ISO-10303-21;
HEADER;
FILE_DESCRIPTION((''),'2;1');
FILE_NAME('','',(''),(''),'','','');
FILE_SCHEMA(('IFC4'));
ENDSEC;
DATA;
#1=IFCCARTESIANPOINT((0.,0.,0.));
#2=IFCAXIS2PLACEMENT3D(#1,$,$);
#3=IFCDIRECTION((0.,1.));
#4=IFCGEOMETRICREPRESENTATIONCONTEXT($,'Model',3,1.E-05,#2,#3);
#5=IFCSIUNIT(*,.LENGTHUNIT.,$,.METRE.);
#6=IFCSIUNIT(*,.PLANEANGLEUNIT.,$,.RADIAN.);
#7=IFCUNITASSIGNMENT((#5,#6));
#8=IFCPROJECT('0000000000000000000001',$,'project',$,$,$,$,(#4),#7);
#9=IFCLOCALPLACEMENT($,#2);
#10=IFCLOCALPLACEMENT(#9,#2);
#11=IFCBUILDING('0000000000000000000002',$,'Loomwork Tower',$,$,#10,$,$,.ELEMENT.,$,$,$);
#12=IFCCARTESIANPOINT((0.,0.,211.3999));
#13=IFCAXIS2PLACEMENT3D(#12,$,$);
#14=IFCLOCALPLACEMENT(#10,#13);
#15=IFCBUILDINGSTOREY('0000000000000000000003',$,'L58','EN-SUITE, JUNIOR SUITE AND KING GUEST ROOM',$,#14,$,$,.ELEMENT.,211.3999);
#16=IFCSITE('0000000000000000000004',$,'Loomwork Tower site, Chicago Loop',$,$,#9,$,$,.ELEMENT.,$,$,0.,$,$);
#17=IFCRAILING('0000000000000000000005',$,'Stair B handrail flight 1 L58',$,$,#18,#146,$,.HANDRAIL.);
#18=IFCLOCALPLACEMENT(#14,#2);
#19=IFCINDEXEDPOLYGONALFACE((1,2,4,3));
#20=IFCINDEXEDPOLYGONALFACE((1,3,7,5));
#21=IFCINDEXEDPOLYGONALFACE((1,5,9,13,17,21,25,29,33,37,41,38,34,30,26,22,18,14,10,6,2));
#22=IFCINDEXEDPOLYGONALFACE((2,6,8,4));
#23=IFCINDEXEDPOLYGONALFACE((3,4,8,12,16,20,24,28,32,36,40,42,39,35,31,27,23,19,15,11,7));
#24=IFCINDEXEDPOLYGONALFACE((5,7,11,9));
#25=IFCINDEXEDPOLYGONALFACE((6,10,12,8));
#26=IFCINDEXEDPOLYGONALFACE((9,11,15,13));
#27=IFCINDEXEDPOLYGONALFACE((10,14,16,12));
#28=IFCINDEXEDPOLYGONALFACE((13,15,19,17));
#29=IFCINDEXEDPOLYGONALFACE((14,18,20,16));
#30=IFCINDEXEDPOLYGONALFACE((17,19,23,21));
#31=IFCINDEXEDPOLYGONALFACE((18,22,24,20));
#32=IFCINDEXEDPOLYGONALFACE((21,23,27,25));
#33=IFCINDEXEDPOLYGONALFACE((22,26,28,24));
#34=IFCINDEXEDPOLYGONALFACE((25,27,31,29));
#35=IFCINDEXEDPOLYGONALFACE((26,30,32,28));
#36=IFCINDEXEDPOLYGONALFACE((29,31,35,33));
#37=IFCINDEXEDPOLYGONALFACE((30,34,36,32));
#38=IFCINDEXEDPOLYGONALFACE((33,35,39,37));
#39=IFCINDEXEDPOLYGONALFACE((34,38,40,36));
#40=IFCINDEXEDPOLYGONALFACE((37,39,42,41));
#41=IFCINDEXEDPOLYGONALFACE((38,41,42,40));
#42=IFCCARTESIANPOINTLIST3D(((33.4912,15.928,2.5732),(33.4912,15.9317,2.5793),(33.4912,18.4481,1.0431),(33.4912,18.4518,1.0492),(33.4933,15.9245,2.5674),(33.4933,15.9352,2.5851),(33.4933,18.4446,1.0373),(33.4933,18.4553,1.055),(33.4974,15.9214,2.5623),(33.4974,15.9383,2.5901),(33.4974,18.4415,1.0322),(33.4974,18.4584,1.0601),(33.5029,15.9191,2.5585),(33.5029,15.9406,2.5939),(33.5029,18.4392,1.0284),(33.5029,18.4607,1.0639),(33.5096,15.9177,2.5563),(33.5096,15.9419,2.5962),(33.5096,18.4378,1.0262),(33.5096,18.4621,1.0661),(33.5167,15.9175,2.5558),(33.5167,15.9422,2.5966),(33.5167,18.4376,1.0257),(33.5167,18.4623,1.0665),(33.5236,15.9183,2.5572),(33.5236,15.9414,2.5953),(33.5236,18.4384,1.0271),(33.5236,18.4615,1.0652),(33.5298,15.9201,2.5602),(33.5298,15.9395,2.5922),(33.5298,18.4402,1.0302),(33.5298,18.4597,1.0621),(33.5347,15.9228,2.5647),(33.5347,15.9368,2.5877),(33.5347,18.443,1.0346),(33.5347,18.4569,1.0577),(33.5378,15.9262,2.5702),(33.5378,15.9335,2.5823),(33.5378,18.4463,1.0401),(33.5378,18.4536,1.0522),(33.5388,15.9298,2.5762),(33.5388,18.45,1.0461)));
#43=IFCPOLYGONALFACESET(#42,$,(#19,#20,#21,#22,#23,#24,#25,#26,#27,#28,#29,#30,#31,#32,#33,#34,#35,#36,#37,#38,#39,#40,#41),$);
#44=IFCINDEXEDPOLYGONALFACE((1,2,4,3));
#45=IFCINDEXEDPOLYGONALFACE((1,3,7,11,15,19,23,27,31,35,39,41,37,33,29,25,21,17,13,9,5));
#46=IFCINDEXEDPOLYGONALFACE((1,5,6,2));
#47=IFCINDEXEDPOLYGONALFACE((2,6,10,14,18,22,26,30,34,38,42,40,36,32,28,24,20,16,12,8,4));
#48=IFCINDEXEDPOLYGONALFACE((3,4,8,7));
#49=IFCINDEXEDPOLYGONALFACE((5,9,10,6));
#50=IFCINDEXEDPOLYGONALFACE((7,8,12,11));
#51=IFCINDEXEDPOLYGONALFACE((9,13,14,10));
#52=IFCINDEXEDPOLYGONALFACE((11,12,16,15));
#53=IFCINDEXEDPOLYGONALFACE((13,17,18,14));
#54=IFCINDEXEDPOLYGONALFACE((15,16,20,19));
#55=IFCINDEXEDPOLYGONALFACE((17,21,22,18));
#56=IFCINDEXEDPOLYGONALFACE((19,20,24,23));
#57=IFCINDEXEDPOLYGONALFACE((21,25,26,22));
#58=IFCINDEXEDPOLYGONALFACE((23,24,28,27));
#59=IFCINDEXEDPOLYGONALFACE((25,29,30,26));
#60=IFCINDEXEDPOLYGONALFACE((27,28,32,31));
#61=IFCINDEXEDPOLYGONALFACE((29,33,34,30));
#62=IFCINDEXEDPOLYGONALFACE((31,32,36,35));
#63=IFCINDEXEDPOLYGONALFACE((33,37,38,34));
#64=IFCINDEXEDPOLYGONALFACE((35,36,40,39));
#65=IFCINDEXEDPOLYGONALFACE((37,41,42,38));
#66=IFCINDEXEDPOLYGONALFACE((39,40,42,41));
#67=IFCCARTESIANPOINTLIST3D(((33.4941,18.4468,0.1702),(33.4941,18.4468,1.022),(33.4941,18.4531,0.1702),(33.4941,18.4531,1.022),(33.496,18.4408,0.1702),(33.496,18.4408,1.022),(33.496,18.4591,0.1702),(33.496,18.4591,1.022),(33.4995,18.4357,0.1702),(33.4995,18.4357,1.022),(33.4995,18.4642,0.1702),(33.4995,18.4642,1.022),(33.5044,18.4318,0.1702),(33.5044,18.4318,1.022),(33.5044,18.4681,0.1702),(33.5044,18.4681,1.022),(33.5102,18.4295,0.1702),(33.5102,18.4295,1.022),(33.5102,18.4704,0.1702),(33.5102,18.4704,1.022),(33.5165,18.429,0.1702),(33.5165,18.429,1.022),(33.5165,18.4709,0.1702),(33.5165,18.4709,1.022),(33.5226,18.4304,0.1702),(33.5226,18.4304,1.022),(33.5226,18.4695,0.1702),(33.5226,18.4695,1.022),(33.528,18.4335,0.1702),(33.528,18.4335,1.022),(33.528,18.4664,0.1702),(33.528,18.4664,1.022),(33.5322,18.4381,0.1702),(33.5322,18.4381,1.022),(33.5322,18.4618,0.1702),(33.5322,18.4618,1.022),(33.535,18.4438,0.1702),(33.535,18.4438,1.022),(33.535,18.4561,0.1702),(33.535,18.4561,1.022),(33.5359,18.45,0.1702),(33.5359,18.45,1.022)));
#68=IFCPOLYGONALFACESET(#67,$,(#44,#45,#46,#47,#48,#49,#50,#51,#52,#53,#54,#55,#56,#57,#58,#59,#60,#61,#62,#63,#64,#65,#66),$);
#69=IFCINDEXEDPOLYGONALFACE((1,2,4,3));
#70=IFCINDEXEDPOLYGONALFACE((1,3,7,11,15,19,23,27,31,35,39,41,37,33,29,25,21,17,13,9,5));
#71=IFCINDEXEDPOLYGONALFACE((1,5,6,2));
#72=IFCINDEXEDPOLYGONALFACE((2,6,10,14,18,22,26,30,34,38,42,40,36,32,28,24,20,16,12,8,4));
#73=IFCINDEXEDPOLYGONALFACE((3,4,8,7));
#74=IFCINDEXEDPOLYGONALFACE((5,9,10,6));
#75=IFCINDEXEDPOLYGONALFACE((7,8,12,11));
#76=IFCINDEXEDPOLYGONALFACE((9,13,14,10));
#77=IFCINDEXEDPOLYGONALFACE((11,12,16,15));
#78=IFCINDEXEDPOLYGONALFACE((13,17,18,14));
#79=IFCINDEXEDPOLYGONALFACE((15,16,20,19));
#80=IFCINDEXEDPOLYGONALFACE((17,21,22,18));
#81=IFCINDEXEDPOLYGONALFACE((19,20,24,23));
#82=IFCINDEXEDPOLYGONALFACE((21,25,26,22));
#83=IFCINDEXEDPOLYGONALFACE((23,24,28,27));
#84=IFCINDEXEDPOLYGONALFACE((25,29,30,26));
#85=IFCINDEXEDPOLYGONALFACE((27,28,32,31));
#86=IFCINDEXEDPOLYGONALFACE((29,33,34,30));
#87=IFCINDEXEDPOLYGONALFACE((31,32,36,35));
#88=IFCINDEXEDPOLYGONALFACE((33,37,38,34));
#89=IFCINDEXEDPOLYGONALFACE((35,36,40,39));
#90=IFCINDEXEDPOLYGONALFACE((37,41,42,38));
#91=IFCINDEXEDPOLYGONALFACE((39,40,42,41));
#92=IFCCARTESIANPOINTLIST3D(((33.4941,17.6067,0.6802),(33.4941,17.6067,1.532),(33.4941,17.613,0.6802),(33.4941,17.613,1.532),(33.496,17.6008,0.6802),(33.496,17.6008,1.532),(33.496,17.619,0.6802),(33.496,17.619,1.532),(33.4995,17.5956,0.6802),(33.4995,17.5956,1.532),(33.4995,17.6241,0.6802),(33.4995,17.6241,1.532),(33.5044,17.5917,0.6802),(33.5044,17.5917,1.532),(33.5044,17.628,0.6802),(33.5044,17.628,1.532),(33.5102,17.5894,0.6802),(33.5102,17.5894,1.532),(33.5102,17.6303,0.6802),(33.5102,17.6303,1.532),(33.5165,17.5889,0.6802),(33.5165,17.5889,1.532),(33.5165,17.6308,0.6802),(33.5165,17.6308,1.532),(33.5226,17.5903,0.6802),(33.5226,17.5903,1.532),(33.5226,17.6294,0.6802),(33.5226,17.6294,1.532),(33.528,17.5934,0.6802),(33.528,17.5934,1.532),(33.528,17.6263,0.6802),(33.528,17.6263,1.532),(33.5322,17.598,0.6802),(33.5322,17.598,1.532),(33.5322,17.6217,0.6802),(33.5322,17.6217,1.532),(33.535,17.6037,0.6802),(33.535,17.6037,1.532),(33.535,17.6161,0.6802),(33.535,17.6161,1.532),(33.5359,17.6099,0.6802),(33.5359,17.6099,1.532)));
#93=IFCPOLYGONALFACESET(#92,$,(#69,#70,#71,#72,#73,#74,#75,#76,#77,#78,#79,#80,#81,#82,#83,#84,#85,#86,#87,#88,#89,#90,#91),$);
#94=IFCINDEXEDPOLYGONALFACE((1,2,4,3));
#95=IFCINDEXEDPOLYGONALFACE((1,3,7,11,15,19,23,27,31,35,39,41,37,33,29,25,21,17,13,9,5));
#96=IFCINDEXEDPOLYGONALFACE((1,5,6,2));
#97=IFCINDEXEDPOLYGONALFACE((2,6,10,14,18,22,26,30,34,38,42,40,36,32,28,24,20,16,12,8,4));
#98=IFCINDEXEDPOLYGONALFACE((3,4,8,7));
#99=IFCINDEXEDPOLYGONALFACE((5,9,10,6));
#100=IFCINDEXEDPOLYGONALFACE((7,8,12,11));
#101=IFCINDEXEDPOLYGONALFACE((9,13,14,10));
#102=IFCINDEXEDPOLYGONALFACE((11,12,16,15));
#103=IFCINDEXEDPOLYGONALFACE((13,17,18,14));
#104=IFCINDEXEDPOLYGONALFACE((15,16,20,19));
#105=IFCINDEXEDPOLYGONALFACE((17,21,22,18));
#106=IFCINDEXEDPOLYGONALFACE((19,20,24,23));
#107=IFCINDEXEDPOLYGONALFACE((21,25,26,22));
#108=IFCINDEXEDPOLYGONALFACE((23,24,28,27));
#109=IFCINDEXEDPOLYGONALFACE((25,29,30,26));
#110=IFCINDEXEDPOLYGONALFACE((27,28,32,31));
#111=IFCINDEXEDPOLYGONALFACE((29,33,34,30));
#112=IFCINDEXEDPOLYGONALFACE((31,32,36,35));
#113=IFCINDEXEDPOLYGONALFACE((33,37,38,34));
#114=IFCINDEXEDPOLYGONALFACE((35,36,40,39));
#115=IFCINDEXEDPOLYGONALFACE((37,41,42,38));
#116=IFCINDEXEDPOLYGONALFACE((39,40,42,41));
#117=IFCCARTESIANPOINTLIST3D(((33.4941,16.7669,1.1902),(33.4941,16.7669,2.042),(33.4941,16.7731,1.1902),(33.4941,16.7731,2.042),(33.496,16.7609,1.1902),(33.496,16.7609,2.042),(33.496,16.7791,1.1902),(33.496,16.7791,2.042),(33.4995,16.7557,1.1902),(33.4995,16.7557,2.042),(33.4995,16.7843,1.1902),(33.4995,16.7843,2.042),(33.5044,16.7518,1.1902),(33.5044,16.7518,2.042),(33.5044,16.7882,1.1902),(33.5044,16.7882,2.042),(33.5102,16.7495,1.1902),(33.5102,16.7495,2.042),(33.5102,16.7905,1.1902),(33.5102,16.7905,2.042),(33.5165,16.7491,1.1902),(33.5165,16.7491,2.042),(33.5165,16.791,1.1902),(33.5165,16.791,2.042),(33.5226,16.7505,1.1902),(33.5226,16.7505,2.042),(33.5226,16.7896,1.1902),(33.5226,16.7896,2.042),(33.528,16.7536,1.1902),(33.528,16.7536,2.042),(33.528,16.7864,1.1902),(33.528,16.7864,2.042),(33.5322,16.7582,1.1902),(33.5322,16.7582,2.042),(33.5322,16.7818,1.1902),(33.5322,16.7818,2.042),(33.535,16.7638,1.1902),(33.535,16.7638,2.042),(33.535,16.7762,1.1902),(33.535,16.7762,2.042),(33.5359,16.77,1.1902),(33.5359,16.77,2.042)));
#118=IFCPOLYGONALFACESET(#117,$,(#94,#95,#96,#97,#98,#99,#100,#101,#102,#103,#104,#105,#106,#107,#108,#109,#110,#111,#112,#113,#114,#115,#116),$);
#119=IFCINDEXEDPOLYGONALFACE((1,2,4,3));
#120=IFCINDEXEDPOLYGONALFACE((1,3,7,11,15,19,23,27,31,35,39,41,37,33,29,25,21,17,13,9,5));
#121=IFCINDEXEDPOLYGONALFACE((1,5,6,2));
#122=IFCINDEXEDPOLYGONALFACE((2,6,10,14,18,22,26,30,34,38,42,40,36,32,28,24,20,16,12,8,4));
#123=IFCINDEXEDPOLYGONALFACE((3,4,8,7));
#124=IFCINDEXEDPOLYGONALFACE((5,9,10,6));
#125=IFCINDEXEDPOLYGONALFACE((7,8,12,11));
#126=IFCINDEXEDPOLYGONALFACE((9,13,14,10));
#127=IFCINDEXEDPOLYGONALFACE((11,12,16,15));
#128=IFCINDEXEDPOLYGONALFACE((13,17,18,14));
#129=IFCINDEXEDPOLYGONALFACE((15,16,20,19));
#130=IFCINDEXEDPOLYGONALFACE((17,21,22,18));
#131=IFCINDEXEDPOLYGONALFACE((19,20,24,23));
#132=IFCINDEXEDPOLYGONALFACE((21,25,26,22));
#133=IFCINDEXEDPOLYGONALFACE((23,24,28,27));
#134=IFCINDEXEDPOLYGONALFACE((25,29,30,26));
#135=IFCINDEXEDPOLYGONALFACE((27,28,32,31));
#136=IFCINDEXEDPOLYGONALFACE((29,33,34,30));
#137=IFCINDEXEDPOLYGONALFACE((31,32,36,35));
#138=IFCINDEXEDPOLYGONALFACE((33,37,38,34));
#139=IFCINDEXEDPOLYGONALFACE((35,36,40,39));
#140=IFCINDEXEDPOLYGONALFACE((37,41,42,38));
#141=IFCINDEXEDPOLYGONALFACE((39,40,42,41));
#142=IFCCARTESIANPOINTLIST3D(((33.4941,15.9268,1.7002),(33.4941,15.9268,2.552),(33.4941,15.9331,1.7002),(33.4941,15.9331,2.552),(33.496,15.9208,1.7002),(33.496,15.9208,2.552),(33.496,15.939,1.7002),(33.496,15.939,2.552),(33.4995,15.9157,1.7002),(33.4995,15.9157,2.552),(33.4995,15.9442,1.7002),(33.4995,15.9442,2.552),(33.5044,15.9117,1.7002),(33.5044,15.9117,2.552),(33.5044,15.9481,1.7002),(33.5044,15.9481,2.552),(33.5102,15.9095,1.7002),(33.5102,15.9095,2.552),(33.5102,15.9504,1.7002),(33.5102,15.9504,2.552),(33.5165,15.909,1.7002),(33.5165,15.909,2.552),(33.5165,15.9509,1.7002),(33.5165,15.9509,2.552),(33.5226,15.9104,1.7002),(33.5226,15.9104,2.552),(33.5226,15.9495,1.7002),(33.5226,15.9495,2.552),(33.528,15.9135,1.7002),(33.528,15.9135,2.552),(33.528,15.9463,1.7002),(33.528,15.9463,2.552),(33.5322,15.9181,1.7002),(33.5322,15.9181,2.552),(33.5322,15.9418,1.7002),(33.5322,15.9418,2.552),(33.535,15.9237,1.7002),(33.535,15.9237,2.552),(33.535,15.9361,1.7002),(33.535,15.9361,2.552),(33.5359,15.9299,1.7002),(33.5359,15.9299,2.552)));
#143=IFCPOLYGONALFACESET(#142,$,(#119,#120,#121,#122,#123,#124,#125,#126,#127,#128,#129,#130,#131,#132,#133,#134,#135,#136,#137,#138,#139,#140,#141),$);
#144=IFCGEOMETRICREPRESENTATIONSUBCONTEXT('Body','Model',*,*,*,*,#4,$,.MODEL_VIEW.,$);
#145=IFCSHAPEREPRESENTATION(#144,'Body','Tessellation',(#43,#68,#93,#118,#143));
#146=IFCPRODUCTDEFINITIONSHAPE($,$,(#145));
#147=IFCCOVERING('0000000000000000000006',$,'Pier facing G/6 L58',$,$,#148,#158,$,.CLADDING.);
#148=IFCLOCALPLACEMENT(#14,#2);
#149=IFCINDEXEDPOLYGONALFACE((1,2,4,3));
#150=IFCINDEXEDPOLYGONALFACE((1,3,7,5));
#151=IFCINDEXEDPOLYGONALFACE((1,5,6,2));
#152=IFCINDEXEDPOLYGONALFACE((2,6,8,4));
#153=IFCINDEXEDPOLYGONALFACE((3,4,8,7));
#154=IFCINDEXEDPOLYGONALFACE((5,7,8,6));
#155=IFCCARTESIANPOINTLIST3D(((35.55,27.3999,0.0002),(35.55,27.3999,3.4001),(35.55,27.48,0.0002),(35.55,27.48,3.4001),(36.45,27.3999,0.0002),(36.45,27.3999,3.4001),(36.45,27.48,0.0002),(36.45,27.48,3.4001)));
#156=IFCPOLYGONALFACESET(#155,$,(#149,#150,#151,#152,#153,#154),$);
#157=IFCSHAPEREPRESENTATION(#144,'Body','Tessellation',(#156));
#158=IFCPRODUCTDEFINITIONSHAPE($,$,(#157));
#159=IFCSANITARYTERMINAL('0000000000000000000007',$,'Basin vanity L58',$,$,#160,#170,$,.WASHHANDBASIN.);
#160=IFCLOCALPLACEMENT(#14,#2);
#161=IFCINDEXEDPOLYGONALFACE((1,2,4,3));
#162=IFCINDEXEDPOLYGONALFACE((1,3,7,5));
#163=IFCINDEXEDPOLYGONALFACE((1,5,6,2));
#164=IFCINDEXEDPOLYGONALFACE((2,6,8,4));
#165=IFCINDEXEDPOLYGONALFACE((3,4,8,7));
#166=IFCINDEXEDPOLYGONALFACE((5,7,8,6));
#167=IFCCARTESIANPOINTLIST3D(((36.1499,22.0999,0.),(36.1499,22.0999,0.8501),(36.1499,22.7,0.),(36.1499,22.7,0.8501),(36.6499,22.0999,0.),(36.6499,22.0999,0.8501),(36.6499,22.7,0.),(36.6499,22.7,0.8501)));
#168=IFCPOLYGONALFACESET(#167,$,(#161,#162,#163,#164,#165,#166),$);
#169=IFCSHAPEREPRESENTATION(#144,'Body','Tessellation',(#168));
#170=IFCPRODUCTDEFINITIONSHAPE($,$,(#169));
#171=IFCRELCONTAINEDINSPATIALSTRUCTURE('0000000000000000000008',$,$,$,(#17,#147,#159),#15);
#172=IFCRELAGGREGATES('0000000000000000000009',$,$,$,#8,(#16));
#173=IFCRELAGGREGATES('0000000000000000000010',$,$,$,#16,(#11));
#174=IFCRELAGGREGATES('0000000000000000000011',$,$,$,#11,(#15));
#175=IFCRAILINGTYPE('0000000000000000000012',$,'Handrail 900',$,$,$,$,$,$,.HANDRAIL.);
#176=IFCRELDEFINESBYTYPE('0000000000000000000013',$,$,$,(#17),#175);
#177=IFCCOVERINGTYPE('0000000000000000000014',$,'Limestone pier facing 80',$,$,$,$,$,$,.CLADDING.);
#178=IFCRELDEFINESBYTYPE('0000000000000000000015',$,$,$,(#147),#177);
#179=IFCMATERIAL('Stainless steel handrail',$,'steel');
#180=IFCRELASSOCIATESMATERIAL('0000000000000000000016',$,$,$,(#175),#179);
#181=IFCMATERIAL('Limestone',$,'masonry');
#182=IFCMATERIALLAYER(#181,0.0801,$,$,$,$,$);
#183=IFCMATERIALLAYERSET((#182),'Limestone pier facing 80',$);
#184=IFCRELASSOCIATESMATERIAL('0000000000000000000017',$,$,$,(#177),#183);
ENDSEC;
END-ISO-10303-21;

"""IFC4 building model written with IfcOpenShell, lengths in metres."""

from ifc_helpers import new_model, si_unit, direction, frame, origin, origin_2d, place, context, subcontext, project, spatial, rectangle, circle, extrude, material, layer, layer_set, type_object, element, save


model = new_model("IFC4")

# Units and contexts
model_context = context("Model", 3, precision=1e-05, world=origin(), true_north=direction((0.0, 1.0)))
body_context = subcontext(model_context, "Body", "Model", "MODEL_VIEW")
ifc_project = project(units=[si_unit("LENGTHUNIT", "METRE"), si_unit("PLANEANGLEUNIT", "RADIAN")], contexts=[model_context])

# Site, building, storey
site_placement = place(None, origin())
site = spatial("IfcSite", under=ifc_project, at=site_placement, Name="Loomwork Tower site, Chicago Loop", CompositionType="ELEMENT", RefElevation=0.0)
building_placement = place(site_placement, origin())
building = spatial("IfcBuilding", under=site, at=building_placement, Name="Loomwork Tower", CompositionType="ELEMENT")
storey_placement = place(building_placement, frame((0.0, 0.0, 211.3999)))
storey = spatial("IfcBuildingStorey", under=building, at=storey_placement, Name="L58", Description="EN-SUITE, JUNIOR SUITE AND KING GUEST ROOM", CompositionType="ELEMENT", Elevation=211.3999)

# Railing
ifc_material_1 = material(Name="Stainless steel handrail", Category="steel")
railing_type = type_object("IfcRailingType", Name="Handrail 900", PredefinedType="HANDRAIL", material=ifc_material_1)
railing_placement = place(storey_placement, frame((33.5149, 18.45, 0.1702)))
element("IfcRailing", 1, at=railing_placement, inside=storey, type_object=railing_type, Name="Stair B handrail flight 1 L58", PredefinedType="HANDRAIL", context=body_context, shape_type="SweptSolid", body=[
    extrude(circle(Radius=0.0239, at=origin_2d()), frame((0.0, 0.0, 0.876), z_axis=(0.0, -0.854785, 0.518982), x_axis=(1.0, 0.0, 0.0)), (0.0, 0.0, 1.0), 2.9482),
    extrude(circle(Radius=0.021, at=origin_2d()), origin(), (0.0, 0.0, 1.0), 0.8518),
    extrude(circle(Radius=0.021, at=origin_2d()), frame((0.0, -0.8401, 0.51)), (0.0, 0.0, 1.0), 0.8518),
    extrude(circle(Radius=0.021, at=origin_2d()), frame((0.0, -1.6799, 1.02)), (0.0, 0.0, 1.0), 0.8518),
    extrude(circle(Radius=0.021, at=origin_2d()), frame((0.0, -2.52, 1.53)), (0.0, 0.0, 1.0), 0.8518),
])

# Covering
ifc_material_2 = material(Name="Limestone", Category="masonry")
ifc_layer_1 = layer(ifc_material_2, 0.0801)
ifc_layer_set_1 = layer_set([ifc_layer_1], Name="Limestone pier facing 80")
covering_type = type_object("IfcCoveringType", Name="Limestone pier facing 80", PredefinedType="CLADDING", material=ifc_layer_set_1)
covering_placement = place(storey_placement, frame((36.0, 27.4399, 0.0002), z_axis=(0.0, 0.0, 1.0), x_axis=(1.0, 0.0, 0.0)))
element("IfcCovering", 2, at=covering_placement, inside=storey, type_object=covering_type, Name="Pier facing G/6 L58", PredefinedType="CLADDING", context=body_context, shape_type="SweptSolid", body=[
    extrude(rectangle(XDim=0.8999, YDim=0.0801, at=origin_2d()), origin(), (0.0, 0.0, 1.0), 3.3999),
])

# Sanitary terminal
sanitary_terminal_placement = place(storey_placement, frame((36.3999, 22.3999, 0.0), z_axis=(0.0, 0.0, 1.0), x_axis=(1.0, 0.0, 0.0)))
element("IfcSanitaryTerminal", 3, at=sanitary_terminal_placement, inside=storey, Name="Basin vanity L58", PredefinedType="WASHHANDBASIN", context=body_context, shape_type="SweptSolid", body=[
    extrude(rectangle(XDim=0.5, YDim=0.6001, at=origin_2d()), origin(), (0.0, 0.0, 1.0), 0.8501),
])

save(model, "model.ifc")
